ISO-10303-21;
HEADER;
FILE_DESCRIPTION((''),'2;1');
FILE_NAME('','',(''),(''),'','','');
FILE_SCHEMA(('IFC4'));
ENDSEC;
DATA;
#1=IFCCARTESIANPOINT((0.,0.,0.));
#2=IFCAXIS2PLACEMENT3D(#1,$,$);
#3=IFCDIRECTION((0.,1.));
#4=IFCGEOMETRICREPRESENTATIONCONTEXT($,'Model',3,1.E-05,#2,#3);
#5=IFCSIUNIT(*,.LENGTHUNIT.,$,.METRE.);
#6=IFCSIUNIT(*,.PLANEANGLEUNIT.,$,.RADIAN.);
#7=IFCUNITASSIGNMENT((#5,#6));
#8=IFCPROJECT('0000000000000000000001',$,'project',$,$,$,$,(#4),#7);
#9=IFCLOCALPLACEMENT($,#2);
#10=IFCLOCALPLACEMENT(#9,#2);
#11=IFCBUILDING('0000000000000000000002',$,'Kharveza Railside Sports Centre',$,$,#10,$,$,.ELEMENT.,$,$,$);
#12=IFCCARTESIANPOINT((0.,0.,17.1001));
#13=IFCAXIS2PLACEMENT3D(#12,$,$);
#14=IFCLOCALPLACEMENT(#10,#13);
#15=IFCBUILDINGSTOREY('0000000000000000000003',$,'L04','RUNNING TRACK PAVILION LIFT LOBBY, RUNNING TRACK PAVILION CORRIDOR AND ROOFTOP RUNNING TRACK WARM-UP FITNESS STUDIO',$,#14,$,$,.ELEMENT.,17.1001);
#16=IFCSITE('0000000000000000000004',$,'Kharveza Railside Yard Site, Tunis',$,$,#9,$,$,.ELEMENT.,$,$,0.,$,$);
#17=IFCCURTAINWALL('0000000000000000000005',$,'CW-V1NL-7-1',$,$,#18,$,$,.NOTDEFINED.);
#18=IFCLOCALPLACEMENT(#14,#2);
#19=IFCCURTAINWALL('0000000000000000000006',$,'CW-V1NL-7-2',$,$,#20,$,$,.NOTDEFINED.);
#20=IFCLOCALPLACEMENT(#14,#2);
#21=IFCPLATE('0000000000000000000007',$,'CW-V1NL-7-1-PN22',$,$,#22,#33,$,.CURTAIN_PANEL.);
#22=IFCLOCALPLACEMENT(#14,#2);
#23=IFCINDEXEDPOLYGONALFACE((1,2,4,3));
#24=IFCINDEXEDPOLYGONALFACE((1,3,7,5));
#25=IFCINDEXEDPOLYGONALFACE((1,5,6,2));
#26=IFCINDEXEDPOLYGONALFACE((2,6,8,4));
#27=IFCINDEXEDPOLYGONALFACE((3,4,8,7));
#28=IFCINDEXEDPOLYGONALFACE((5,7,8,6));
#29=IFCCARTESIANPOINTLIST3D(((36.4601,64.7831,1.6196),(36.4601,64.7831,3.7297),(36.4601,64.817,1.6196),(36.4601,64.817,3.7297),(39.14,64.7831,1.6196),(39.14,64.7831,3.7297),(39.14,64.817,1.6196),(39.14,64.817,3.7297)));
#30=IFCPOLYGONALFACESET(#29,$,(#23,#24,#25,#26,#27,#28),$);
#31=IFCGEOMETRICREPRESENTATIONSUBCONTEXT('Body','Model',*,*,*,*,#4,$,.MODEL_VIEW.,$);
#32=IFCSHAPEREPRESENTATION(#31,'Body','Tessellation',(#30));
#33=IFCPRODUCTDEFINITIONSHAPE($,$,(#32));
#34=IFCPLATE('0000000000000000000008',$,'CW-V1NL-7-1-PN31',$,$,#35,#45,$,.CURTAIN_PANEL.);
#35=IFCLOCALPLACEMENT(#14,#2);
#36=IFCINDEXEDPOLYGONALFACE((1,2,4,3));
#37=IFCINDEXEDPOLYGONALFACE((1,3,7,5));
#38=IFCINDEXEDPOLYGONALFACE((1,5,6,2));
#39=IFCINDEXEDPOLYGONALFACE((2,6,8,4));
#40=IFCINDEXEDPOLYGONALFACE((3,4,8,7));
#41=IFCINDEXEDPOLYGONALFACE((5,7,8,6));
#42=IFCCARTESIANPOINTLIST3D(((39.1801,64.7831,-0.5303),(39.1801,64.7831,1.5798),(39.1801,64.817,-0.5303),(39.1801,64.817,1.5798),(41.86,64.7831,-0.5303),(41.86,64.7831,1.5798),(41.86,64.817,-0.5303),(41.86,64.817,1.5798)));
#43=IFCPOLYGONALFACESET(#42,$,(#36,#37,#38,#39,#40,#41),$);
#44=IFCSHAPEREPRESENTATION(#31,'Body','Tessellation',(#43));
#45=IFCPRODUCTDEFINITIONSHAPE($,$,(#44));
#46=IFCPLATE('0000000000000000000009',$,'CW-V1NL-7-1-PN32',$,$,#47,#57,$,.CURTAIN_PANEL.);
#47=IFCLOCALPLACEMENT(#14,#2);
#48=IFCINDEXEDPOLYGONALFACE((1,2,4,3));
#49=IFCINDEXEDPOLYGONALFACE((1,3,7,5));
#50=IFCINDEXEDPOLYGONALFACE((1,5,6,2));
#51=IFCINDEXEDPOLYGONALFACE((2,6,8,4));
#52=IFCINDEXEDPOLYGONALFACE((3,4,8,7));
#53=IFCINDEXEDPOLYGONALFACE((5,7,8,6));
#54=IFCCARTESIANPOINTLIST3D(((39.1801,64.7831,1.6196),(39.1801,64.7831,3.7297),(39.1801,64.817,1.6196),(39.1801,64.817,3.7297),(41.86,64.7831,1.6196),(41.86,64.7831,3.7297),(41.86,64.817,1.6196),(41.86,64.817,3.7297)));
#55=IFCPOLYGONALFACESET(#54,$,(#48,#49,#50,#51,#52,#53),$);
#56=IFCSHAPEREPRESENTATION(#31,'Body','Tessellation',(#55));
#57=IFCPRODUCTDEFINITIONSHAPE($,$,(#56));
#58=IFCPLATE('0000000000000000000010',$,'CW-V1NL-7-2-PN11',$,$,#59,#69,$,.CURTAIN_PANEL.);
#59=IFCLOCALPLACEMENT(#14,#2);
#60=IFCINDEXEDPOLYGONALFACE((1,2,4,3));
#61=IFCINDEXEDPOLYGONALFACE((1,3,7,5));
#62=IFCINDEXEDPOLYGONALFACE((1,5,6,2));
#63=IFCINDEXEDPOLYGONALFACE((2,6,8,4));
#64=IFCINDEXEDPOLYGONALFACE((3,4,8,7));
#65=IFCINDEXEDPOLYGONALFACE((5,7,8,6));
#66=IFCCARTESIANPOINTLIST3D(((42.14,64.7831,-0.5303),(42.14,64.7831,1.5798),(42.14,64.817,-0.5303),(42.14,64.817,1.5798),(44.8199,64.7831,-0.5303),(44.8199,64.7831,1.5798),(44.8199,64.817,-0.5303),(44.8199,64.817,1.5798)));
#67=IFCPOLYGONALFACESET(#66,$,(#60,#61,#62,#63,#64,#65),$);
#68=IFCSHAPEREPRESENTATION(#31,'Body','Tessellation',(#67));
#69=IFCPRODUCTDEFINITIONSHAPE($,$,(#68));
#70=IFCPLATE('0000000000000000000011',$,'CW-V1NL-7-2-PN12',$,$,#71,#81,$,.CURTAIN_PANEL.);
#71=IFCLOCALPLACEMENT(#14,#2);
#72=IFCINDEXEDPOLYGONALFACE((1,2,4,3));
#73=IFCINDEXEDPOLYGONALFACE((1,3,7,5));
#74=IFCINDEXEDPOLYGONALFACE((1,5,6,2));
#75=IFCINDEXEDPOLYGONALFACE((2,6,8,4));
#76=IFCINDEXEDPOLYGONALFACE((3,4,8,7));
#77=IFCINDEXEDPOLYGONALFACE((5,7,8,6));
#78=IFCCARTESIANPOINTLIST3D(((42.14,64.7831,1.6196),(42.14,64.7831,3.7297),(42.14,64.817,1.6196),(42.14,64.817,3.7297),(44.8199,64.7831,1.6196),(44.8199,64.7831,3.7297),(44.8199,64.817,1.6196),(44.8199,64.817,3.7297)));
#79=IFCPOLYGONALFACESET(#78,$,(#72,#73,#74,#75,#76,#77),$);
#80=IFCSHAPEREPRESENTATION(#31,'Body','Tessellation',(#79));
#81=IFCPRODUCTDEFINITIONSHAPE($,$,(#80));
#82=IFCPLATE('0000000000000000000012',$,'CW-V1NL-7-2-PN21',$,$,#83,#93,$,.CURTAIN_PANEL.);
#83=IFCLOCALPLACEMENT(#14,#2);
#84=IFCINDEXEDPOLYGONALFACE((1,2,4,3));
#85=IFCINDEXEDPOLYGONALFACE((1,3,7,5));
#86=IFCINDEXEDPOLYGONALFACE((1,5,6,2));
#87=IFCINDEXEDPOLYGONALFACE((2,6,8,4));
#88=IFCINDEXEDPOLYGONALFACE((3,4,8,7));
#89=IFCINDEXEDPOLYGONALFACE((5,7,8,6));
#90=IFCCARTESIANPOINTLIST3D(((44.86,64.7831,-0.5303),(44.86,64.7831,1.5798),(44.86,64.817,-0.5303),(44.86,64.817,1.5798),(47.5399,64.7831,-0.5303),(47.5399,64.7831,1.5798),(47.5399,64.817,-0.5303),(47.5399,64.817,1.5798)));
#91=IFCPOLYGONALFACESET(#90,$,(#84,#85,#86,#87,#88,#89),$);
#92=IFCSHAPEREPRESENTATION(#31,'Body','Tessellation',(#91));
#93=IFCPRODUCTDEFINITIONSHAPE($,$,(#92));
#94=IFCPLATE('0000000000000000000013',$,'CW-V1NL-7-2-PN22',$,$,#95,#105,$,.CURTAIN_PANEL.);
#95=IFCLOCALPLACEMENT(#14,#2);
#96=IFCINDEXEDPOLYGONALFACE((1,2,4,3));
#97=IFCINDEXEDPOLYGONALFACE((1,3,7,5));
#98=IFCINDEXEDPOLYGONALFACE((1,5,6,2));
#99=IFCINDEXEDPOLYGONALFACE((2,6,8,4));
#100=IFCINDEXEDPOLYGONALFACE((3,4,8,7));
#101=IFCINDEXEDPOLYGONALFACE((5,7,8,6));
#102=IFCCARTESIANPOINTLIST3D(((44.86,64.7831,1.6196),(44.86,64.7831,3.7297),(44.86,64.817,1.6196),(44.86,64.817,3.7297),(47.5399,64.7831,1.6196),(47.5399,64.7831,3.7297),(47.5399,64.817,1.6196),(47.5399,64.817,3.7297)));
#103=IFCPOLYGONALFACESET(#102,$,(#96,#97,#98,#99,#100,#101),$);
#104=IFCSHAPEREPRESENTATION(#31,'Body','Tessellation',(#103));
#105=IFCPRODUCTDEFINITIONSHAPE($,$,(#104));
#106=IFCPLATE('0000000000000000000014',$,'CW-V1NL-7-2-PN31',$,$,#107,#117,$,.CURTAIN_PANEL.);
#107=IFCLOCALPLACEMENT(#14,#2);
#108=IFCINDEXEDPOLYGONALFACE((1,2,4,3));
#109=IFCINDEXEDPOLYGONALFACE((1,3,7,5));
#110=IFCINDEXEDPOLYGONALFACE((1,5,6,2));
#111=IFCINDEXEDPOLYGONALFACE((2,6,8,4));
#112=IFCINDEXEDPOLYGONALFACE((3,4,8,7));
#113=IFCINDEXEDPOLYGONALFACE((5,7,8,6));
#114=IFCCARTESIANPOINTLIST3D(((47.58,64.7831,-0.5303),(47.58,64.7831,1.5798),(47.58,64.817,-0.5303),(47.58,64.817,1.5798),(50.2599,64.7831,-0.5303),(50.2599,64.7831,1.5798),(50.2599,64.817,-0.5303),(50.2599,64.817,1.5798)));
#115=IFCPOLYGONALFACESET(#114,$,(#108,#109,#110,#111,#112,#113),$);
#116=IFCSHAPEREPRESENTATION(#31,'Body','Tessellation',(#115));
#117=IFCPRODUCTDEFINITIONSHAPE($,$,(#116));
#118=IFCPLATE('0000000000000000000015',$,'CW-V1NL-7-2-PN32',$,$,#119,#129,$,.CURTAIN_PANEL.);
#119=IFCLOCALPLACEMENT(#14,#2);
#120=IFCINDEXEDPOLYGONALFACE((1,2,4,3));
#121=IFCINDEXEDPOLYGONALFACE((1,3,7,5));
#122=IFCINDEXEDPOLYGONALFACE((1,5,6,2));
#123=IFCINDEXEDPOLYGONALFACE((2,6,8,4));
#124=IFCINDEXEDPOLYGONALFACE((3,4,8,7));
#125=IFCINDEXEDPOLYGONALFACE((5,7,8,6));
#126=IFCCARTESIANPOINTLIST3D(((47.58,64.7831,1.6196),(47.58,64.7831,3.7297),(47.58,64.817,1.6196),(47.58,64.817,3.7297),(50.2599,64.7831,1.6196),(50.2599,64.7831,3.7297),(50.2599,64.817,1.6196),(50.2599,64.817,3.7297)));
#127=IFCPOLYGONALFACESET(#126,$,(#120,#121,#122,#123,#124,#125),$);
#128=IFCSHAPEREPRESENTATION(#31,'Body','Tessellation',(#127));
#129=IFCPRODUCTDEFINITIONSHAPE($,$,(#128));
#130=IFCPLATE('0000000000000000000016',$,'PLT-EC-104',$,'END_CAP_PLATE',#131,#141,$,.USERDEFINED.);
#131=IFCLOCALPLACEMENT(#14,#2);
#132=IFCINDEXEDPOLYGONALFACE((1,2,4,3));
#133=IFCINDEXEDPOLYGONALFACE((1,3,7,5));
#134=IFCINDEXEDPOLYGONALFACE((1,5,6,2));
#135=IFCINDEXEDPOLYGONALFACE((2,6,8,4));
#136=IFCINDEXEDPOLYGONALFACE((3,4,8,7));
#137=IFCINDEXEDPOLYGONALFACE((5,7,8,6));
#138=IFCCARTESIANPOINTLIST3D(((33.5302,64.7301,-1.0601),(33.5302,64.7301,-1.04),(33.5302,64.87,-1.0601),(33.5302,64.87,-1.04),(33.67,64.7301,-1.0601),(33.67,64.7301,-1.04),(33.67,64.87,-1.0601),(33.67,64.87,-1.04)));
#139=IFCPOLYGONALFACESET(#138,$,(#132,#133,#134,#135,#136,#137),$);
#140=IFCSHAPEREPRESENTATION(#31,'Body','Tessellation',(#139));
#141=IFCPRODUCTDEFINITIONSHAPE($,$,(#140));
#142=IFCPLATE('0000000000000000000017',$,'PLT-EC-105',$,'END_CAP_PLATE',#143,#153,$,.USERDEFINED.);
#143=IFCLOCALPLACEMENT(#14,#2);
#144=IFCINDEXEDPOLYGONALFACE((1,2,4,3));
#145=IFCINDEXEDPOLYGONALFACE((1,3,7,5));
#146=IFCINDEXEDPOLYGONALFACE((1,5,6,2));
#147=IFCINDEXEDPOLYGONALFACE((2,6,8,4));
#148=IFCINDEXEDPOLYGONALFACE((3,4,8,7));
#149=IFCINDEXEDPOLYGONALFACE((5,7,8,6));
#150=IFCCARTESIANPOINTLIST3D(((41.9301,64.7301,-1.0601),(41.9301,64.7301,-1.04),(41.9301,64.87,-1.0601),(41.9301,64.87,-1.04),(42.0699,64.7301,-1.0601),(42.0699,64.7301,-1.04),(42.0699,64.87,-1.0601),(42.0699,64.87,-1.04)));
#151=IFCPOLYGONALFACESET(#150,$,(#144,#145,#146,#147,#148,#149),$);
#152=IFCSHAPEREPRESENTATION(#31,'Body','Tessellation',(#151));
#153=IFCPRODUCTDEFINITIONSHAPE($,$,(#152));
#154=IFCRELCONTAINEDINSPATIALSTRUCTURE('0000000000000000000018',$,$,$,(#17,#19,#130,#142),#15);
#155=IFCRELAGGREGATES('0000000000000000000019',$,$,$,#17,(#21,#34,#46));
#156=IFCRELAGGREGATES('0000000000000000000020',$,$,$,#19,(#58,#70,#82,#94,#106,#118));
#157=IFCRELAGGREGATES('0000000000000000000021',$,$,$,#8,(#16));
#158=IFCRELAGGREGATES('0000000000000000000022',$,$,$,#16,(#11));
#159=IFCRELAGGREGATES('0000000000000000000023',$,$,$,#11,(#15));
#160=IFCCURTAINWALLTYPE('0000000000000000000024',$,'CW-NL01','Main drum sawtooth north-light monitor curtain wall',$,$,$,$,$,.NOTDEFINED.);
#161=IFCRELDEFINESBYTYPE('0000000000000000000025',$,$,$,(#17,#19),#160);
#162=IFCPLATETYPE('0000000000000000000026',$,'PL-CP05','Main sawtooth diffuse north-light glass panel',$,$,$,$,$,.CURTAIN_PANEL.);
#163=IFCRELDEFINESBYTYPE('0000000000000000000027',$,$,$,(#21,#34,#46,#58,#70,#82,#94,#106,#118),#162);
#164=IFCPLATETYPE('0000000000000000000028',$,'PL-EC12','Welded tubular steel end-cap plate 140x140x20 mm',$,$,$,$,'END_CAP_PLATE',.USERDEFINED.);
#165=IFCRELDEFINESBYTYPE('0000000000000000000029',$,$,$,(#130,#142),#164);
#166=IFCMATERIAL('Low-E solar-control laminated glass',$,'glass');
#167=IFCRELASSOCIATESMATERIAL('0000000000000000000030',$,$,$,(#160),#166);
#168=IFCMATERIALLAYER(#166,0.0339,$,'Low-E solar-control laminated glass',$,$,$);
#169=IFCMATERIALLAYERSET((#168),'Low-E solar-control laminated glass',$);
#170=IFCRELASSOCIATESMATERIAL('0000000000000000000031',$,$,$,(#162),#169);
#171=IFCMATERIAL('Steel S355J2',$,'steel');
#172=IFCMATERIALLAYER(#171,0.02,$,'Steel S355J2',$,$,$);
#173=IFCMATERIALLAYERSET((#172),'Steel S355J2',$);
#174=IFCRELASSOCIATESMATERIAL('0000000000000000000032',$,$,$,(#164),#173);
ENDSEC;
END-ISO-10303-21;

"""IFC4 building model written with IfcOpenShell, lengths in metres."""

from ifc_helpers import new_model, si_unit, direction, frame, origin, origin_2d, place, context, subcontext, project, spatial, rectangle, extrude, material, layer, layer_set, type_object, element, aggregate, save


model = new_model("IFC4")

# Units and contexts
model_context = context("Model", 3, precision=1e-05, world=origin(), true_north=direction((0.0, 1.0)))
body_context = subcontext(model_context, "Body", "Model", "MODEL_VIEW")
ifc_project = project(units=[si_unit("LENGTHUNIT", "METRE"), si_unit("PLANEANGLEUNIT", "RADIAN")], contexts=[model_context])

# Site, building, storey
site_placement = place(None, origin())
site = spatial("IfcSite", under=ifc_project, at=site_placement, Name="Kharveza Railside Yard Site, Tunis", CompositionType="ELEMENT", RefElevation=0.0)
building_placement = place(site_placement, origin())
building = spatial("IfcBuilding", under=site, at=building_placement, Name="Kharveza Railside Sports Centre", CompositionType="ELEMENT")
storey_placement = place(building_placement, frame((0.0, 0.0, 17.1001)))
storey = spatial("IfcBuildingStorey", under=building, at=storey_placement, Name="L04", Description="RUNNING TRACK PAVILION LIFT LOBBY, RUNNING TRACK PAVILION CORRIDOR AND ROOFTOP RUNNING TRACK WARM-UP FITNESS STUDIO", CompositionType="ELEMENT", Elevation=17.1001)

# Curtain walls
ifc_material_1 = material(Name="Low-E solar-control laminated glass", Category="glass")
curtain_wall_type = type_object("IfcCurtainWallType", Name="CW-NL01", Description="Main drum sawtooth north-light monitor curtain wall", PredefinedType="NOTDEFINED", material=ifc_material_1)
curtain_wall_1_placement = place(storey_placement, origin())
curtain_wall_1 = element("IfcCurtainWall", 1, at=curtain_wall_1_placement, inside=storey, type_object=curtain_wall_type, Name="CW-V1NL-7-1", PredefinedType="NOTDEFINED")
curtain_wall_2_placement = place(storey_placement, origin())
curtain_wall_2 = element("IfcCurtainWall", 2, at=curtain_wall_2_placement, inside=storey, type_object=curtain_wall_type, Name="CW-V1NL-7-2", PredefinedType="NOTDEFINED")

# Shared definitions
ifc_material_2 = material(Name="Steel S355J2", Category="steel")

# Plates
ifc_layer_1 = layer(ifc_material_1, 0.0339, Name="Low-E solar-control laminated glass")
ifc_layer_set_1 = layer_set([ifc_layer_1], Name="Low-E solar-control laminated glass")
plate_type_1 = type_object("IfcPlateType", Name="PL-CP05", Description="Main sawtooth diffuse north-light glass panel", PredefinedType="CURTAIN_PANEL", material=ifc_layer_set_1)
plate_1_placement = place(storey_placement, frame((37.8, 64.8, 1.6196), z_axis=(0.0, 0.0, 1.0), x_axis=(1.0, 0.0, 0.0)))
plate_1 = element("IfcPlate", 3, at=plate_1_placement, type_object=plate_type_1, Name="CW-V1NL-7-1-PN22", PredefinedType="CURTAIN_PANEL", context=body_context, shape_type="SweptSolid", body=[
    extrude(rectangle(XDim=2.6799, YDim=0.0339, at=origin_2d()), origin(), (0.0, 0.0, 1.0), 2.1101),
])
plate_2_placement = place(storey_placement, frame((40.52, 64.8, -0.5303), z_axis=(0.0, 0.0, 1.0), x_axis=(1.0, 0.0, 0.0)))
plate_2 = element("IfcPlate", 4, at=plate_2_placement, type_object=plate_type_1, Name="CW-V1NL-7-1-PN31", PredefinedType="CURTAIN_PANEL", context=body_context, shape_type="SweptSolid", body=[
    extrude(rectangle(XDim=2.6799, YDim=0.0339, at=origin_2d()), origin(), (0.0, 0.0, 1.0), 2.1101),
])
plate_3_placement = place(storey_placement, frame((40.52, 64.8, 1.6196), z_axis=(0.0, 0.0, 1.0), x_axis=(1.0, 0.0, 0.0)))
plate_3 = element("IfcPlate", 5, at=plate_3_placement, type_object=plate_type_1, Name="CW-V1NL-7-1-PN32", PredefinedType="CURTAIN_PANEL", context=body_context, shape_type="SweptSolid", body=[
    extrude(rectangle(XDim=2.6799, YDim=0.0339, at=origin_2d()), origin(), (0.0, 0.0, 1.0), 2.1101),
])
aggregate(curtain_wall_1, [plate_1, plate_2, plate_3])
plate_4_placement = place(storey_placement, frame((43.48, 64.8, -0.5303), z_axis=(0.0, 0.0, 1.0), x_axis=(1.0, 0.0, 0.0)))
plate_4 = element("IfcPlate", 6, at=plate_4_placement, type_object=plate_type_1, Name="CW-V1NL-7-2-PN11", PredefinedType="CURTAIN_PANEL", context=body_context, shape_type="SweptSolid", body=[
    extrude(rectangle(XDim=2.6799, YDim=0.0339, at=origin_2d()), origin(), (0.0, 0.0, 1.0), 2.1101),
])
plate_5_placement = place(storey_placement, frame((43.48, 64.8, 1.6196), z_axis=(0.0, 0.0, 1.0), x_axis=(1.0, 0.0, 0.0)))
plate_5 = element("IfcPlate", 7, at=plate_5_placement, type_object=plate_type_1, Name="CW-V1NL-7-2-PN12", PredefinedType="CURTAIN_PANEL", context=body_context, shape_type="SweptSolid", body=[
    extrude(rectangle(XDim=2.6799, YDim=0.0339, at=origin_2d()), origin(), (0.0, 0.0, 1.0), 2.1101),
])
plate_6_placement = place(storey_placement, frame((46.2, 64.8, -0.5303), z_axis=(0.0, 0.0, 1.0), x_axis=(1.0, 0.0, 0.0)))
plate_6 = element("IfcPlate", 8, at=plate_6_placement, type_object=plate_type_1, Name="CW-V1NL-7-2-PN21", PredefinedType="CURTAIN_PANEL", context=body_context, shape_type="SweptSolid", body=[
    extrude(rectangle(XDim=2.6799, YDim=0.0339, at=origin_2d()), origin(), (0.0, 0.0, 1.0), 2.1101),
])
plate_7_placement = place(storey_placement, frame((46.2, 64.8, 1.6196), z_axis=(0.0, 0.0, 1.0), x_axis=(1.0, 0.0, 0.0)))
plate_7 = element("IfcPlate", 9, at=plate_7_placement, type_object=plate_type_1, Name="CW-V1NL-7-2-PN22", PredefinedType="CURTAIN_PANEL", context=body_context, shape_type="SweptSolid", body=[
    extrude(rectangle(XDim=2.6799, YDim=0.0339, at=origin_2d()), origin(), (0.0, 0.0, 1.0), 2.1101),
])
plate_8_placement = place(storey_placement, frame((48.9199, 64.8, -0.5303), z_axis=(0.0, 0.0, 1.0), x_axis=(1.0, 0.0, 0.0)))
plate_8 = element("IfcPlate", 10, at=plate_8_placement, type_object=plate_type_1, Name="CW-V1NL-7-2-PN31", PredefinedType="CURTAIN_PANEL", context=body_context, shape_type="SweptSolid", body=[
    extrude(rectangle(XDim=2.6799, YDim=0.0339, at=origin_2d()), origin(), (0.0, 0.0, 1.0), 2.1101),
])
plate_9_placement = place(storey_placement, frame((48.9199, 64.8, 1.6196), z_axis=(0.0, 0.0, 1.0), x_axis=(1.0, 0.0, 0.0)))
plate_9 = element("IfcPlate", 11, at=plate_9_placement, type_object=plate_type_1, Name="CW-V1NL-7-2-PN32", PredefinedType="CURTAIN_PANEL", context=body_context, shape_type="SweptSolid", body=[
    extrude(rectangle(XDim=2.6799, YDim=0.0339, at=origin_2d()), origin(), (0.0, 0.0, 1.0), 2.1101),
])
aggregate(curtain_wall_2, [plate_4, plate_5, plate_6, plate_7, plate_8, plate_9])

# Plates
ifc_layer_2 = layer(ifc_material_2, 0.02, Name="Steel S355J2")
ifc_layer_set_2 = layer_set([ifc_layer_2], Name="Steel S355J2")
plate_type_2 = type_object("IfcPlateType", Name="PL-EC12", Description="Welded tubular steel end-cap plate 140x140x20 mm", ElementType="END_CAP_PLATE", PredefinedType="USERDEFINED", material=ifc_layer_set_2)
for number, where, z_axis, x_axis, name in (
    (12, (33.6001, 64.8, -1.0601), (0.0, 0.0, 1.0), (1.0, 0.0, 0.0), "PLT-EC-104"),
    (13, (42.0, 64.8, -1.0601), (0.0, 0.0, 1.0), (1.0, 0.0, 0.0), "PLT-EC-105"),
):
    element("IfcPlate", number, at=place(storey_placement, frame(where, z_axis=z_axis, x_axis=x_axis)), inside=storey, type_object=plate_type_2, Name=name, ObjectType="END_CAP_PLATE", PredefinedType="USERDEFINED", context=body_context, shape_type="SweptSolid", body=[
        extrude(rectangle(XDim=0.1399, YDim=0.1399, at=origin_2d()), origin(), (0.0, 0.0, 1.0), 0.02),
    ])

save(model, "model.ifc")
